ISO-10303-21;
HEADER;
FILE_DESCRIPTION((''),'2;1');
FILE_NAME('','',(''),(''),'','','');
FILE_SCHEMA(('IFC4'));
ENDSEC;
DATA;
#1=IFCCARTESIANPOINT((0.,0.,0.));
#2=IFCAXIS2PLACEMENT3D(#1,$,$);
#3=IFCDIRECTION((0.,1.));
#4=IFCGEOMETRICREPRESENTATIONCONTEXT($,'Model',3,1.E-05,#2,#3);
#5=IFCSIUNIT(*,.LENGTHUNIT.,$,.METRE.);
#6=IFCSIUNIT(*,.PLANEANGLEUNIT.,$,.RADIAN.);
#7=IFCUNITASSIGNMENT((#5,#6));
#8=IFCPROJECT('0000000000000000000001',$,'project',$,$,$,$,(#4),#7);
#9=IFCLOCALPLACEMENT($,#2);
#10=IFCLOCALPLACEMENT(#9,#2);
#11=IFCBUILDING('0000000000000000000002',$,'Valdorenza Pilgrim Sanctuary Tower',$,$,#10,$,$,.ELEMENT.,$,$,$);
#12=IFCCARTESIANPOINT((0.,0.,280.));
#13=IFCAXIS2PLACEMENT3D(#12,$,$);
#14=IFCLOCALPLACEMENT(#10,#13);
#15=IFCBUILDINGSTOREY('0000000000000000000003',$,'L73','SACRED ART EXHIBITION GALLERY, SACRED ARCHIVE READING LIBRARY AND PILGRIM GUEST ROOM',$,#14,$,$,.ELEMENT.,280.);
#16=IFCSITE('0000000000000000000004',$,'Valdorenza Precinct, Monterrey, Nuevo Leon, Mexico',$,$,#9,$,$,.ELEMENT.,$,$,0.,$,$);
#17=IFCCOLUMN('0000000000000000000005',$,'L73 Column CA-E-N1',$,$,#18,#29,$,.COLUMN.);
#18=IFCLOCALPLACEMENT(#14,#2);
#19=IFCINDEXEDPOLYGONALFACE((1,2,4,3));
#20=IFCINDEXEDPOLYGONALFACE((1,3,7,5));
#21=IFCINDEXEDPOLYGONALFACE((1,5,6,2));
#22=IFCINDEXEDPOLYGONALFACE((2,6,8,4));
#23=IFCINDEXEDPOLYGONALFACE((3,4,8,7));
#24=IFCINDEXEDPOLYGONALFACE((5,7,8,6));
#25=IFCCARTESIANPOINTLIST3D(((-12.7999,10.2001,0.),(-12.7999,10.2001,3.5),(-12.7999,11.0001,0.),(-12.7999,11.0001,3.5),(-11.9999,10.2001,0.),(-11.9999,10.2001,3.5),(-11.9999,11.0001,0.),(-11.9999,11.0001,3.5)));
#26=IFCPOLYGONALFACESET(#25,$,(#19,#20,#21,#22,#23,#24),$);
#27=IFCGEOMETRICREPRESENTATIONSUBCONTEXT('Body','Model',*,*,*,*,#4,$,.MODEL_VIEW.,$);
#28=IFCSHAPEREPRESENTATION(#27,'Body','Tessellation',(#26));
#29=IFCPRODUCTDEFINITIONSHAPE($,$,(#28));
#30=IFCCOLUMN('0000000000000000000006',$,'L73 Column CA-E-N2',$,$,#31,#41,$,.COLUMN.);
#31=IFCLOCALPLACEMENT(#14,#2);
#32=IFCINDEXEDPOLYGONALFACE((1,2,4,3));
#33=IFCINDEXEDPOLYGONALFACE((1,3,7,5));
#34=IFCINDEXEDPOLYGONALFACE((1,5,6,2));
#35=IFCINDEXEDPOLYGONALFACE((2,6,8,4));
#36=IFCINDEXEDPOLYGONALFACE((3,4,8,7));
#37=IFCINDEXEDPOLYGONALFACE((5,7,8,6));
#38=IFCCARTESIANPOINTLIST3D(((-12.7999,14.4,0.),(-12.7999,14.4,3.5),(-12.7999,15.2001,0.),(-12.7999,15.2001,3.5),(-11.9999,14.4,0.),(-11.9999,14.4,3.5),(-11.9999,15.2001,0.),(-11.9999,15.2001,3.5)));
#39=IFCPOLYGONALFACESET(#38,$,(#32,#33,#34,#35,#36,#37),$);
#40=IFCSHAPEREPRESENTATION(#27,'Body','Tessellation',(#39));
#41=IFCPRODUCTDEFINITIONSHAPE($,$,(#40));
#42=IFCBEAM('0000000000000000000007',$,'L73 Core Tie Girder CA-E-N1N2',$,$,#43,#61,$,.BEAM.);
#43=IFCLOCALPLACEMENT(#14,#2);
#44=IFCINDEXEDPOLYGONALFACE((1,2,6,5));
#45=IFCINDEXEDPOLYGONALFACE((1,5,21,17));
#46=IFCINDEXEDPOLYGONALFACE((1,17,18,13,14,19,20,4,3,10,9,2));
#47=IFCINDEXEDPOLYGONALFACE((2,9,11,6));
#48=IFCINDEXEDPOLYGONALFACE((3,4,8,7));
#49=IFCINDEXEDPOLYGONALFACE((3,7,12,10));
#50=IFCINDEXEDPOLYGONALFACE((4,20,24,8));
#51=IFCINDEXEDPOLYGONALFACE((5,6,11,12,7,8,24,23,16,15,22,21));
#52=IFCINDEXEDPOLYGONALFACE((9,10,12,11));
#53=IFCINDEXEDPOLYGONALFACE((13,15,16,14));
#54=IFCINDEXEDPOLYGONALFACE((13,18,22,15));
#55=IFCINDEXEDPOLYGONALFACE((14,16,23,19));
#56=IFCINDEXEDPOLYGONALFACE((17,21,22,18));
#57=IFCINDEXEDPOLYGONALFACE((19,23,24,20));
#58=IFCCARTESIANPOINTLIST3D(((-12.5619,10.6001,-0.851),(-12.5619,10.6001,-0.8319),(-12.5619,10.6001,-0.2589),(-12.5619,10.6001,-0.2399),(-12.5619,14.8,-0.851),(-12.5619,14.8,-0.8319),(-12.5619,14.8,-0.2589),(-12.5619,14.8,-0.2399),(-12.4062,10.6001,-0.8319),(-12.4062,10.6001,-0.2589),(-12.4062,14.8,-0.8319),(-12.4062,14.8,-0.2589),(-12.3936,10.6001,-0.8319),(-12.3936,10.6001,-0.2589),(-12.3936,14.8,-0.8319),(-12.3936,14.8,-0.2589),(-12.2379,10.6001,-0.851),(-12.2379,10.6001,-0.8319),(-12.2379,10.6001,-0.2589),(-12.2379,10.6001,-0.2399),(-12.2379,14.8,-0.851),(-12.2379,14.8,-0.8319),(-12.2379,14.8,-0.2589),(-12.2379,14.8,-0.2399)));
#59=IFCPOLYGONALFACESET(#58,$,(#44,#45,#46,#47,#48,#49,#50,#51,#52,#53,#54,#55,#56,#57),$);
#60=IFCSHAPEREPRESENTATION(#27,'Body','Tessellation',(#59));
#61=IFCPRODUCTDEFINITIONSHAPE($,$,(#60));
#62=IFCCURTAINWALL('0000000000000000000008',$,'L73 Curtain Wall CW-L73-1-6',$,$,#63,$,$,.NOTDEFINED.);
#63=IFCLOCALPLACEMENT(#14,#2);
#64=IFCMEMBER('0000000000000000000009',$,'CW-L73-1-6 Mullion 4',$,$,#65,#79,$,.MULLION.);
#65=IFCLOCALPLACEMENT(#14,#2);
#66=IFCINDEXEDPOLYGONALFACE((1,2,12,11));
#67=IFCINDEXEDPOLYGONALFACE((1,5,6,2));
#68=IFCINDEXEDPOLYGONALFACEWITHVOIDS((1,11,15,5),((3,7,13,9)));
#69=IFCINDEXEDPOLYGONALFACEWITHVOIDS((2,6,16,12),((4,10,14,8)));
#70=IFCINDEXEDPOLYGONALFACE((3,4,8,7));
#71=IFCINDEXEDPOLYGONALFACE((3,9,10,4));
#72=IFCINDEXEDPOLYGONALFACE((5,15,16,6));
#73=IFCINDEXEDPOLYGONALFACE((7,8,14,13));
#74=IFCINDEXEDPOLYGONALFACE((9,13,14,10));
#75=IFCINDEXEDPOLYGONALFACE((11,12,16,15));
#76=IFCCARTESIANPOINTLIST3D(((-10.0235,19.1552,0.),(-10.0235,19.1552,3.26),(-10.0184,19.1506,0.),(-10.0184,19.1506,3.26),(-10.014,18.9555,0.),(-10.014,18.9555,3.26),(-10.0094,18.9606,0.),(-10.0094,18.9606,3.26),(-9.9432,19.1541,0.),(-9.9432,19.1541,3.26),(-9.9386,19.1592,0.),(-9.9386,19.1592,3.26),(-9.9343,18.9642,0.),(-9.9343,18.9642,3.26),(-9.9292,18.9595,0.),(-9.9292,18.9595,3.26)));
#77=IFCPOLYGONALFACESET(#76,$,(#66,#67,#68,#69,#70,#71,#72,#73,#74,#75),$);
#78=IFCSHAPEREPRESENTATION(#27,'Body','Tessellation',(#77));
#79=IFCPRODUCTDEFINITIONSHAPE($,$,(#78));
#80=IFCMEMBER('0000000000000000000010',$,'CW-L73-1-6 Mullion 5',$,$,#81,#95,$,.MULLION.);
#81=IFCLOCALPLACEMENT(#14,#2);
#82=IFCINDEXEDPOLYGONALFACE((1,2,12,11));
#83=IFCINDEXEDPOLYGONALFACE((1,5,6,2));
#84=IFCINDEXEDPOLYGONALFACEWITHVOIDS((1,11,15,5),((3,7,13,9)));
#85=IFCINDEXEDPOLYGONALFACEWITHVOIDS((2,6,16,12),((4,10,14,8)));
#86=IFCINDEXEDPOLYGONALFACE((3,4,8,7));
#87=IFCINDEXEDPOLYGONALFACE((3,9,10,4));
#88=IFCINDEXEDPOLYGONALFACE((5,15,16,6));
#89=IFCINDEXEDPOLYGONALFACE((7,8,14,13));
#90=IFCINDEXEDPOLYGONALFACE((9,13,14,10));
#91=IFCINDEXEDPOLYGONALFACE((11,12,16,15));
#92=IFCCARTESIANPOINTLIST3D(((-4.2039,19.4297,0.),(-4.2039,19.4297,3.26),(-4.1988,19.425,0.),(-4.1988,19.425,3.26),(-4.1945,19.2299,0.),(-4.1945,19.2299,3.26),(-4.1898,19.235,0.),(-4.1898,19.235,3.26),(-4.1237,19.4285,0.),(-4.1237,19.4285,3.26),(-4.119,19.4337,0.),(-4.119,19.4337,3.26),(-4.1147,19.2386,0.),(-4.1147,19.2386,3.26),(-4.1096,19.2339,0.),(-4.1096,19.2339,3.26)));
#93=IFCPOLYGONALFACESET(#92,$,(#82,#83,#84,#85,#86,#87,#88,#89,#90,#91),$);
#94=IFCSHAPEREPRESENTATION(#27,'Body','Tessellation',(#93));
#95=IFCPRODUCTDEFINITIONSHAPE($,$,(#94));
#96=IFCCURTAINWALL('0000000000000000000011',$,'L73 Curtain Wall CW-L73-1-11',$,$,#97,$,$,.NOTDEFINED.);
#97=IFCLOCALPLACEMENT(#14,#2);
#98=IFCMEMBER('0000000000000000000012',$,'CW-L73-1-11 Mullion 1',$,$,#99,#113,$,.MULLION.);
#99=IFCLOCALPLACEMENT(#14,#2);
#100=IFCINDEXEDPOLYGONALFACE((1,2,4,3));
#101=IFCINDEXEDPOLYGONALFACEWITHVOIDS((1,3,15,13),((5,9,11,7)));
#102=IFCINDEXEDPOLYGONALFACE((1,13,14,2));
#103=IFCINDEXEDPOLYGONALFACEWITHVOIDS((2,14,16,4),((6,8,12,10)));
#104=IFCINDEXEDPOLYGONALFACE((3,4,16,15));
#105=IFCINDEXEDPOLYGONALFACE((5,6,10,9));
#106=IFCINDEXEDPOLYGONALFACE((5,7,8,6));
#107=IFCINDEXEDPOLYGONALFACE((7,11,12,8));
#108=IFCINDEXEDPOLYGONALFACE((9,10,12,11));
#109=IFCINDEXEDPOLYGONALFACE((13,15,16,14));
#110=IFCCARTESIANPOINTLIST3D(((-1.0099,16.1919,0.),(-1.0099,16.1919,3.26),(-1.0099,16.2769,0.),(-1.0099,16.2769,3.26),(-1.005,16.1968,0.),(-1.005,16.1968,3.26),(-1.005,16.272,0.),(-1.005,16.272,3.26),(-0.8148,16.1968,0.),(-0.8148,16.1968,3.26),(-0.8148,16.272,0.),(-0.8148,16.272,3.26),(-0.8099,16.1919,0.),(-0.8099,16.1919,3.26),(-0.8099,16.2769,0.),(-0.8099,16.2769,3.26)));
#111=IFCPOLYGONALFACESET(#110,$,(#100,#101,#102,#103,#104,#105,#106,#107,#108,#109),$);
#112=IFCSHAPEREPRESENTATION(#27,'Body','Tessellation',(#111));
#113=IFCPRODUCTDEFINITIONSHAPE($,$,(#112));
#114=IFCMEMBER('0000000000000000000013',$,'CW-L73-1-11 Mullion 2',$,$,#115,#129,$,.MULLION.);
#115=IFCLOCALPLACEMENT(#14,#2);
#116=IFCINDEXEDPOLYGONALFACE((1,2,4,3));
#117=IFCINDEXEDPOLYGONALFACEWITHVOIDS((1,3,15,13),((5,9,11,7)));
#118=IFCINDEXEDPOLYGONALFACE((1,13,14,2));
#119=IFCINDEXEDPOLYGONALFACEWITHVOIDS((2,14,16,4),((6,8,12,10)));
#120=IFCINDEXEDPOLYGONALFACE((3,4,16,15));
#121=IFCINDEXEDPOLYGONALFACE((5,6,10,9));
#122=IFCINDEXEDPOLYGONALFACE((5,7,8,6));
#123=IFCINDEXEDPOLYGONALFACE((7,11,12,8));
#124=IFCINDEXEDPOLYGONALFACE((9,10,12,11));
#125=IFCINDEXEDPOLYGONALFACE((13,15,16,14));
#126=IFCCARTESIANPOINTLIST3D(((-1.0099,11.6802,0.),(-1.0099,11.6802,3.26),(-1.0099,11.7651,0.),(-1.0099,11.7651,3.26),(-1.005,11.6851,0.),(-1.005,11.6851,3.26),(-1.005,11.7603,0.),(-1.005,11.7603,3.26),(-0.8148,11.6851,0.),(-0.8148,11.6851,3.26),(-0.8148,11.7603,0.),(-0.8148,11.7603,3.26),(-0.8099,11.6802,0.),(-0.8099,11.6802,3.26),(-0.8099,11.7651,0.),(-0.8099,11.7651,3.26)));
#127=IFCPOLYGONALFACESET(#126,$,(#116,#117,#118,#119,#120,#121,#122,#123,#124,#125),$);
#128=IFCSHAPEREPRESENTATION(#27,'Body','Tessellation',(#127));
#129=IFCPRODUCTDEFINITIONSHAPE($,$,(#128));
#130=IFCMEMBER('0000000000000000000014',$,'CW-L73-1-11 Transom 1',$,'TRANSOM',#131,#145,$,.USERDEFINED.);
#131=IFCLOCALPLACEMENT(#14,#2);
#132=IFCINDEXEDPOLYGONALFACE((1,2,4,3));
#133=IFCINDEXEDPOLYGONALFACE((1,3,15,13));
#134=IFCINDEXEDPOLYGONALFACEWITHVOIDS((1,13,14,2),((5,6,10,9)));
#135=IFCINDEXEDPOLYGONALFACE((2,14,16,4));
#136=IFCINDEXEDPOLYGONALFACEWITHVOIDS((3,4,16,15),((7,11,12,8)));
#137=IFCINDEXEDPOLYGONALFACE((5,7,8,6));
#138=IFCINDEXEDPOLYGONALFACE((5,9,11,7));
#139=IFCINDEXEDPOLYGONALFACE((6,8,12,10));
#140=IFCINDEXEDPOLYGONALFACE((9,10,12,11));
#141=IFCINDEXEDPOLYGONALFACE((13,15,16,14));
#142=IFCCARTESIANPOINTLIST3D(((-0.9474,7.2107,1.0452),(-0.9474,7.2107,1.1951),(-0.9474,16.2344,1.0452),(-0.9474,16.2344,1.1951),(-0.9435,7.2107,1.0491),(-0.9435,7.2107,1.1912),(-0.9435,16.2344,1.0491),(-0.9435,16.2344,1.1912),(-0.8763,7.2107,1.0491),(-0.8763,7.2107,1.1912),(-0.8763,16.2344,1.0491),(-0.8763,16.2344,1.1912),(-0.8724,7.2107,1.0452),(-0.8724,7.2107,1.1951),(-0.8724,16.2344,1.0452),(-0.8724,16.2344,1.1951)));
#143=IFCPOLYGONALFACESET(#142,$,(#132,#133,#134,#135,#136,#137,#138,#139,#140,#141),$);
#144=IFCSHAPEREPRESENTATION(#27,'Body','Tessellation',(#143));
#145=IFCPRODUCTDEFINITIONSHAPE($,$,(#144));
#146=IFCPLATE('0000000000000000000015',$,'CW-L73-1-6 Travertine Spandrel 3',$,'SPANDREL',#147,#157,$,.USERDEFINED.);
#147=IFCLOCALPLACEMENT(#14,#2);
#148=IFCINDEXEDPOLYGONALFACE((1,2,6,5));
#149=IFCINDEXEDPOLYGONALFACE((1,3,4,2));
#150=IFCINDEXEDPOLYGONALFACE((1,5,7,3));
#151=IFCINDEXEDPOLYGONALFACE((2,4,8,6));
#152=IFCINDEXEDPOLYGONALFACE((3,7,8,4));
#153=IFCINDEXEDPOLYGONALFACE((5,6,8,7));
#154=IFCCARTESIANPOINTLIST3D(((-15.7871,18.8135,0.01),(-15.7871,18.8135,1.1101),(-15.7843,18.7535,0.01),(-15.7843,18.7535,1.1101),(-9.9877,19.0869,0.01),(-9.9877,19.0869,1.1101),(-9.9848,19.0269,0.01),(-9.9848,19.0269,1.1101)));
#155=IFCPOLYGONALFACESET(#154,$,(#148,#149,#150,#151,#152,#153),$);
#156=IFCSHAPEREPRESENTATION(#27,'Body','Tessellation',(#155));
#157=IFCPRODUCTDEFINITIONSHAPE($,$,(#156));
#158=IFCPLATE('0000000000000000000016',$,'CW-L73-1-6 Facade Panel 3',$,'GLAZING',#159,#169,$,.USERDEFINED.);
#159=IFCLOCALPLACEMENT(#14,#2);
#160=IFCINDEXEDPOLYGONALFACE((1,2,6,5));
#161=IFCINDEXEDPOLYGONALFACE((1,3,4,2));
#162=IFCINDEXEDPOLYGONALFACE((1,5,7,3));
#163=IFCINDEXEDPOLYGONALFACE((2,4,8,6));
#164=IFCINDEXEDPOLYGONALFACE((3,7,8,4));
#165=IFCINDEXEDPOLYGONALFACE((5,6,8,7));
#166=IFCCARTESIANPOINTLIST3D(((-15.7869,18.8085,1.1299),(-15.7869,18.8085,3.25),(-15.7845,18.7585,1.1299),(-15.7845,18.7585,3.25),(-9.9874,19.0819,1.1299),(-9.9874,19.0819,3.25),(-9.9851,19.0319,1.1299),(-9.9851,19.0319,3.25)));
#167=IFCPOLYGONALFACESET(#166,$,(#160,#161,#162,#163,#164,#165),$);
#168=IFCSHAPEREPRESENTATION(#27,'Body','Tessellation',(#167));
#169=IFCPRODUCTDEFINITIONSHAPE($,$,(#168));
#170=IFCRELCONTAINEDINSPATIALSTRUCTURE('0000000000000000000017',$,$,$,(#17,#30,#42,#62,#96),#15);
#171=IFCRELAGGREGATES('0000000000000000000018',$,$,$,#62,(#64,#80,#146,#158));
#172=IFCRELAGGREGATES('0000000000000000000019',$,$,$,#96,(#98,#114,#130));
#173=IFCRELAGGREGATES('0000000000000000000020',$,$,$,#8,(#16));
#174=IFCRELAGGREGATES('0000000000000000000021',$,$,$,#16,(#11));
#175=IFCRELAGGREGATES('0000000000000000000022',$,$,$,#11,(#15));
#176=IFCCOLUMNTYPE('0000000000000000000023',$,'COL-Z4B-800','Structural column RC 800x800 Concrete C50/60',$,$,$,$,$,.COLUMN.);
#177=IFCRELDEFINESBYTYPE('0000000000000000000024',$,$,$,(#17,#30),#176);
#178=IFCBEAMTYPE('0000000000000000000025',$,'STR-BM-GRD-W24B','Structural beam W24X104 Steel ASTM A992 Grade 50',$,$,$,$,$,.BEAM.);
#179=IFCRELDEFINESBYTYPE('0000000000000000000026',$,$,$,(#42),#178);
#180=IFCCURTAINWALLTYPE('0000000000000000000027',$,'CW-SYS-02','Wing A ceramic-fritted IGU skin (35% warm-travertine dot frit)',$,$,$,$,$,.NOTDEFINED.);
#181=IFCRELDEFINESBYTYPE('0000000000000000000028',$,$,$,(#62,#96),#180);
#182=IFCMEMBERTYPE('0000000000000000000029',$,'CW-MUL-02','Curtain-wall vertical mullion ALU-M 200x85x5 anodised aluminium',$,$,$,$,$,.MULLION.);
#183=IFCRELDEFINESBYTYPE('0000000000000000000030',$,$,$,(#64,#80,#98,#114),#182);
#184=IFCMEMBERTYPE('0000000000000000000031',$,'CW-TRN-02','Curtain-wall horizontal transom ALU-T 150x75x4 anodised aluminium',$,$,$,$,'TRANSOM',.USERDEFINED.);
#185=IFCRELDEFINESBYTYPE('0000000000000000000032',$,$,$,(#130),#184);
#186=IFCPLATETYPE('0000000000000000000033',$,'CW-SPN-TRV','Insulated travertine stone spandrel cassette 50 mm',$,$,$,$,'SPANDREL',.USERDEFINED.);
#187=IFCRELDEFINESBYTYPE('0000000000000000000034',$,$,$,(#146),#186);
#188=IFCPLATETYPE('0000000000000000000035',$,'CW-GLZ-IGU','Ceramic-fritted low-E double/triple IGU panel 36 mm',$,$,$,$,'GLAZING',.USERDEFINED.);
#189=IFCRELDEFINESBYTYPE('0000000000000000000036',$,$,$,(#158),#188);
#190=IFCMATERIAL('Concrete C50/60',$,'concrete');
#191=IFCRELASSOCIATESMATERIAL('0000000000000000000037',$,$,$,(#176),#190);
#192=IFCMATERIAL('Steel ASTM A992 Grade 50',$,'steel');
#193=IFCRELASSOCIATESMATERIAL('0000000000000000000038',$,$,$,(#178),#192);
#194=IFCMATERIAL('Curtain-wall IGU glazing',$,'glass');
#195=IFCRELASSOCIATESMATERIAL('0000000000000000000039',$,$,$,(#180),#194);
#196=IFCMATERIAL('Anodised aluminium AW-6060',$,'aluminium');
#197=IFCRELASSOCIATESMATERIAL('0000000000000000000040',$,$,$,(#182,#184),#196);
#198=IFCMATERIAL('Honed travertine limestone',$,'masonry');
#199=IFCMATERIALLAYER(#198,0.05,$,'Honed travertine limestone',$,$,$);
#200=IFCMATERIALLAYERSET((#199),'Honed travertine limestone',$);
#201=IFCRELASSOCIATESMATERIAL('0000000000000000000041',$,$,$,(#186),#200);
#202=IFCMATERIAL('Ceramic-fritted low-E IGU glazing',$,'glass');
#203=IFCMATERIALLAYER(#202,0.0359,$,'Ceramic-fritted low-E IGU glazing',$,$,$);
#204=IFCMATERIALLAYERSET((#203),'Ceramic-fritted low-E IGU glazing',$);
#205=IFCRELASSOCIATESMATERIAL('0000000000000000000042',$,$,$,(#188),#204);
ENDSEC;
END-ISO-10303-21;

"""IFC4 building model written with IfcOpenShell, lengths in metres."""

from ifc_helpers import new_model, si_unit, direction, frame, origin, origin_2d, place, context, subcontext, project, spatial, rectangle, hollow_rectangle, i_section, extrude, source, transform, mapped, material, layer, layer_set, material_profile, profile_set, type_object, element, aggregate, save


model = new_model("IFC4")

# Units and contexts
model_context = context("Model", 3, precision=1e-05, world=origin(), true_north=direction((0.0, 1.0)))
body_context = subcontext(model_context, "Body", "Model", "MODEL_VIEW")
ifc_project = project(units=[si_unit("LENGTHUNIT", "METRE"), si_unit("PLANEANGLEUNIT", "RADIAN")], contexts=[model_context])

# Site, building, storey
site_placement = place(None, origin())
site = spatial("IfcSite", under=ifc_project, at=site_placement, Name="Valdorenza Precinct, Monterrey, Nuevo Leon, Mexico", CompositionType="ELEMENT", RefElevation=0.0)
building_placement = place(site_placement, origin())
building = spatial("IfcBuilding", under=site, at=building_placement, Name="Valdorenza Pilgrim Sanctuary Tower", CompositionType="ELEMENT")
storey_placement = place(building_placement, frame((0.0, 0.0, 280.0)))
storey = spatial("IfcBuildingStorey", under=building, at=storey_placement, Name="L73", Description="SACRED ART EXHIBITION GALLERY, SACRED ARCHIVE READING LIBRARY AND PILGRIM GUEST ROOM", CompositionType="ELEMENT", Elevation=280.0)

# Columns
ifc_material_1 = material(Name="Concrete C50/60", Category="concrete")
ifc_material_profile_1 = material_profile(ifc_material_1, rectangle(XDim=0.8, YDim=0.8, at=origin_2d()), Name="RC 800x800")
ifc_profile_set_1 = profile_set([ifc_material_profile_1], Name="Concrete C50/60")
column_type = type_object("IfcColumnType", Name="COL-Z4B-800", Description="Structural column RC 800x800 Concrete C50/60", PredefinedType="COLUMN", material=ifc_profile_set_1)
shared_shape_1 = source(origin(), body_context, "Body", "SweptSolid", [
    extrude(rectangle(XDim=0.8, YDim=0.8, at=origin_2d()), origin(), (0.0, 0.0, 1.0), 3.5),
])
for number, where, z_axis, x_axis, name in (
    (1, (-12.3999, 10.6001, 0.0), (0.0, 0.0, 1.0), (1.0, 0.0, 0.0), "L73 Column CA-E-N1"),
    (2, (-12.3999, 14.8, 0.0), (0.0, 0.0, 1.0), (1.0, 0.0, 0.0), "L73 Column CA-E-N2"),
):
    element("IfcColumn", number, at=place(storey_placement, frame(where, z_axis=z_axis, x_axis=x_axis)), inside=storey, type_object=column_type, Name=name, PredefinedType="COLUMN", context=body_context, shape_type="MappedRepresentation", body=[
        mapped(shared_shape_1, transform((0.0, 0.0, 0.0), x_axis=(1.0, 0.0, 0.0), y_axis=(0.0, 1.0, 0.0), z_axis=(0.0, 0.0, 1.0), scale=1.0)),
    ])

# Beam
ifc_material_2 = material(Name="Steel ASTM A992 Grade 50", Category="steel")
ifc_material_profile_2 = material_profile(ifc_material_2, i_section(OverallWidth=0.324, OverallDepth=0.6111, WebThickness=0.0127, FlangeThickness=0.019, at=origin_2d()), Name="W24X104")
ifc_profile_set_2 = profile_set([ifc_material_profile_2], Name="Steel ASTM A992 Grade 50")
beam_type = type_object("IfcBeamType", Name="STR-BM-GRD-W24B", Description="Structural beam W24X104 Steel ASTM A992 Grade 50", PredefinedType="BEAM", material=ifc_profile_set_2)
shared_shape_2 = source(origin(), body_context, "Body", "SweptSolid", [
    extrude(i_section(OverallWidth=0.324, OverallDepth=0.6111, WebThickness=0.0127, FlangeThickness=0.019, at=origin_2d()), origin(), (0.0, 0.0, 1.0), 4.2),
])
beam_placement = place(storey_placement, frame((-12.3999, 10.6001, -0.5454), z_axis=(0.0, 1.0, 0.0), x_axis=(-1.0, 0.0, 0.0)))
element("IfcBeam", 3, at=beam_placement, inside=storey, type_object=beam_type, Name="L73 Core Tie Girder CA-E-N1N2", PredefinedType="BEAM", context=body_context, shape_type="MappedRepresentation", body=[
    mapped(shared_shape_2, transform((0.0, 0.0, 0.0), x_axis=(1.0, 0.0, 0.0), y_axis=(0.0, 1.0, 0.0), z_axis=(0.0, 0.0, 1.0), scale=1.0)),
])

# Curtain walls, members
ifc_material_3 = material(Name="Curtain-wall IGU glazing", Category="glass")
curtain_wall_type = type_object("IfcCurtainWallType", Name="CW-SYS-02", Description="Wing A ceramic-fritted IGU skin (35% warm-travertine dot frit)", PredefinedType="NOTDEFINED", material=ifc_material_3)
curtain_wall_1_placement = place(storey_placement, origin())
curtain_wall_1 = element("IfcCurtainWall", 4, at=curtain_wall_1_placement, inside=storey, type_object=curtain_wall_type, Name="L73 Curtain Wall CW-L73-1-6", PredefinedType="NOTDEFINED")
ifc_material_4 = material(Name="Anodised aluminium AW-6060", Category="aluminium")
ifc_material_profile_3 = material_profile(ifc_material_4, hollow_rectangle(XDim=0.085, YDim=0.2, WallThickness=0.0049, at=origin_2d()), Name="ALU-M 200x85x5")
ifc_profile_set_3 = profile_set([ifc_material_profile_3], Name="Anodised aluminium AW-6060")
member_type_1 = type_object("IfcMemberType", Name="CW-MUL-02", Description="Curtain-wall vertical mullion ALU-M 200x85x5 anodised aluminium", PredefinedType="MULLION", material=ifc_profile_set_3)
shared_shape_3 = source(origin(), body_context, "Body", "SweptSolid", [
    extrude(hollow_rectangle(XDim=0.085, YDim=0.2, WallThickness=0.0049, at=origin_2d()), origin(), (0.0, 0.0, 1.0), 3.26),
])
member_1_placement = place(storey_placement, frame((-9.9763, 19.0574, 0.0), z_axis=(0.0, 0.0, 1.0), x_axis=(0.998891, 0.047089, 0.0)))
member_1 = element("IfcMember", 5, at=member_1_placement, type_object=member_type_1, Name="CW-L73-1-6 Mullion 4", PredefinedType="MULLION", context=body_context, shape_type="MappedRepresentation", body=[
    mapped(shared_shape_3, transform((0.0, 0.0, 0.0), x_axis=(1.0, 0.0, 0.0), y_axis=(0.0, 1.0, 0.0), z_axis=(0.0, 0.0, 1.0), scale=1.0)),
])
member_2_placement = place(storey_placement, frame((-4.1567, 19.3318, 0.0), z_axis=(0.0, 0.0, 1.0), x_axis=(0.998891, 0.047089, 0.0)))
member_2 = element("IfcMember", 6, at=member_2_placement, type_object=member_type_1, Name="CW-L73-1-6 Mullion 5", PredefinedType="MULLION", context=body_context, shape_type="MappedRepresentation", body=[
    mapped(shared_shape_3, transform((0.0, 0.0, 0.0), x_axis=(1.0, 0.0, 0.0), y_axis=(0.0, 1.0, 0.0), z_axis=(0.0, 0.0, 1.0), scale=1.0)),
])
curtain_wall_2_placement = place(storey_placement, origin())
curtain_wall_2 = element("IfcCurtainWall", 7, at=curtain_wall_2_placement, inside=storey, type_object=curtain_wall_type, Name="L73 Curtain Wall CW-L73-1-11", PredefinedType="NOTDEFINED")
member_3_placement = place(storey_placement, frame((-0.9099, 16.2344, 0.0), z_axis=(0.0, 0.0, 1.0), x_axis=(0.0, -1.0, 0.0)))
member_3 = element("IfcMember", 8, at=member_3_placement, type_object=member_type_1, Name="CW-L73-1-11 Mullion 1", PredefinedType="MULLION", context=body_context, shape_type="MappedRepresentation", body=[
    mapped(shared_shape_3, transform((0.0, 0.0, 0.0), x_axis=(1.0, 0.0, 0.0), y_axis=(0.0, 1.0, 0.0), z_axis=(0.0, 0.0, 1.0), scale=1.0)),
])
member_4_placement = place(storey_placement, frame((-0.9099, 11.7227, 0.0), z_axis=(0.0, 0.0, 1.0), x_axis=(0.0, -1.0, 0.0)))
member_4 = element("IfcMember", 9, at=member_4_placement, type_object=member_type_1, Name="CW-L73-1-11 Mullion 2", PredefinedType="MULLION", context=body_context, shape_type="MappedRepresentation", body=[
    mapped(shared_shape_3, transform((0.0, 0.0, 0.0), x_axis=(1.0, 0.0, 0.0), y_axis=(0.0, 1.0, 0.0), z_axis=(0.0, 0.0, 1.0), scale=1.0)),
])
ifc_material_profile_4 = material_profile(ifc_material_4, hollow_rectangle(XDim=0.075, YDim=0.1499, WallThickness=0.0039, at=origin_2d()), Name="ALU-T 150x75x4")
ifc_profile_set_4 = profile_set([ifc_material_profile_4], Name="Anodised aluminium AW-6060")
member_type_2 = type_object("IfcMemberType", Name="CW-TRN-02", Description="Curtain-wall horizontal transom ALU-T 150x75x4 anodised aluminium", ElementType="TRANSOM", PredefinedType="USERDEFINED", material=ifc_profile_set_4)
shared_shape_4 = source(origin(), body_context, "Body", "SweptSolid", [
    extrude(hollow_rectangle(XDim=0.075, YDim=0.1499, WallThickness=0.0039, at=origin_2d()), origin(), (0.0, 0.0, 1.0), 9.0237),
])
member_5_placement = place(storey_placement, frame((-0.9099, 16.2344, 1.1201), z_axis=(0.0, -1.0, 0.0), x_axis=(1.0, 0.0, 0.0)))
member_5 = element("IfcMember", 10, at=member_5_placement, type_object=member_type_2, Name="CW-L73-1-11 Transom 1", ObjectType="TRANSOM", PredefinedType="USERDEFINED", context=body_context, shape_type="MappedRepresentation", body=[
    mapped(shared_shape_4, transform((0.0, 0.0, 0.0), x_axis=(1.0, 0.0, 0.0), y_axis=(0.0, 1.0, 0.0), z_axis=(0.0, 0.0, 1.0), scale=1.0)),
])

# Plates
ifc_material_5 = material(Name="Honed travertine limestone", Category="masonry")
ifc_layer_1 = layer(ifc_material_5, 0.05, Name="Honed travertine limestone")
ifc_layer_set_1 = layer_set([ifc_layer_1], Name="Honed travertine limestone")
plate_type_1 = type_object("IfcPlateType", Name="CW-SPN-TRV", Description="Insulated travertine stone spandrel cassette 50 mm", ElementType="SPANDREL", PredefinedType="USERDEFINED", material=ifc_layer_set_1)
shared_shape_5 = source(origin(), body_context, "Body", "SweptSolid", [
    extrude(rectangle(XDim=5.8059, YDim=0.0601, at=origin_2d()), origin(), (0.0, 0.0, 1.0), 1.1001),
])
plate_1_placement = place(storey_placement, frame((-12.886, 18.9202, 0.01), z_axis=(0.0, 0.0, 1.0), x_axis=(0.998891, 0.047089, 0.0)))
plate_1 = element("IfcPlate", 11, at=plate_1_placement, type_object=plate_type_1, Name="CW-L73-1-6 Travertine Spandrel 3", ObjectType="SPANDREL", PredefinedType="USERDEFINED", context=body_context, shape_type="MappedRepresentation", body=[
    mapped(shared_shape_5, transform((0.0, 0.0, 0.0), x_axis=(1.0, 0.0, 0.0), y_axis=(0.0, 1.0, 0.0), z_axis=(0.0, 0.0, 1.0), scale=1.0)),
])
ifc_material_6 = material(Name="Ceramic-fritted low-E IGU glazing", Category="glass")
ifc_layer_2 = layer(ifc_material_6, 0.0359, Name="Ceramic-fritted low-E IGU glazing")
ifc_layer_set_2 = layer_set([ifc_layer_2], Name="Ceramic-fritted low-E IGU glazing")
plate_type_2 = type_object("IfcPlateType", Name="CW-GLZ-IGU", Description="Ceramic-fritted low-E double/triple IGU panel 36 mm", ElementType="GLAZING", PredefinedType="USERDEFINED", material=ifc_layer_set_2)
shared_shape_6 = source(origin(), body_context, "Body", "SweptSolid", [
    extrude(rectangle(XDim=5.8059, YDim=0.05, at=origin_2d()), origin(), (0.0, 0.0, 1.0), 2.1201),
])
plate_2_placement = place(storey_placement, frame((-12.886, 18.9202, 1.1299), z_axis=(0.0, 0.0, 1.0), x_axis=(0.998891, 0.047089, 0.0)))
plate_2 = element("IfcPlate", 12, at=plate_2_placement, type_object=plate_type_2, Name="CW-L73-1-6 Facade Panel 3", ObjectType="GLAZING", PredefinedType="USERDEFINED", context=body_context, shape_type="MappedRepresentation", body=[
    mapped(shared_shape_6, transform((0.0, 0.0, 0.0), x_axis=(1.0, 0.0, 0.0), y_axis=(0.0, 1.0, 0.0), z_axis=(0.0, 0.0, 1.0), scale=1.0)),
])
aggregate(curtain_wall_1, [member_1, member_2, plate_1, plate_2])
aggregate(curtain_wall_2, [member_3, member_4, member_5])

save(model, "model.ifc")
